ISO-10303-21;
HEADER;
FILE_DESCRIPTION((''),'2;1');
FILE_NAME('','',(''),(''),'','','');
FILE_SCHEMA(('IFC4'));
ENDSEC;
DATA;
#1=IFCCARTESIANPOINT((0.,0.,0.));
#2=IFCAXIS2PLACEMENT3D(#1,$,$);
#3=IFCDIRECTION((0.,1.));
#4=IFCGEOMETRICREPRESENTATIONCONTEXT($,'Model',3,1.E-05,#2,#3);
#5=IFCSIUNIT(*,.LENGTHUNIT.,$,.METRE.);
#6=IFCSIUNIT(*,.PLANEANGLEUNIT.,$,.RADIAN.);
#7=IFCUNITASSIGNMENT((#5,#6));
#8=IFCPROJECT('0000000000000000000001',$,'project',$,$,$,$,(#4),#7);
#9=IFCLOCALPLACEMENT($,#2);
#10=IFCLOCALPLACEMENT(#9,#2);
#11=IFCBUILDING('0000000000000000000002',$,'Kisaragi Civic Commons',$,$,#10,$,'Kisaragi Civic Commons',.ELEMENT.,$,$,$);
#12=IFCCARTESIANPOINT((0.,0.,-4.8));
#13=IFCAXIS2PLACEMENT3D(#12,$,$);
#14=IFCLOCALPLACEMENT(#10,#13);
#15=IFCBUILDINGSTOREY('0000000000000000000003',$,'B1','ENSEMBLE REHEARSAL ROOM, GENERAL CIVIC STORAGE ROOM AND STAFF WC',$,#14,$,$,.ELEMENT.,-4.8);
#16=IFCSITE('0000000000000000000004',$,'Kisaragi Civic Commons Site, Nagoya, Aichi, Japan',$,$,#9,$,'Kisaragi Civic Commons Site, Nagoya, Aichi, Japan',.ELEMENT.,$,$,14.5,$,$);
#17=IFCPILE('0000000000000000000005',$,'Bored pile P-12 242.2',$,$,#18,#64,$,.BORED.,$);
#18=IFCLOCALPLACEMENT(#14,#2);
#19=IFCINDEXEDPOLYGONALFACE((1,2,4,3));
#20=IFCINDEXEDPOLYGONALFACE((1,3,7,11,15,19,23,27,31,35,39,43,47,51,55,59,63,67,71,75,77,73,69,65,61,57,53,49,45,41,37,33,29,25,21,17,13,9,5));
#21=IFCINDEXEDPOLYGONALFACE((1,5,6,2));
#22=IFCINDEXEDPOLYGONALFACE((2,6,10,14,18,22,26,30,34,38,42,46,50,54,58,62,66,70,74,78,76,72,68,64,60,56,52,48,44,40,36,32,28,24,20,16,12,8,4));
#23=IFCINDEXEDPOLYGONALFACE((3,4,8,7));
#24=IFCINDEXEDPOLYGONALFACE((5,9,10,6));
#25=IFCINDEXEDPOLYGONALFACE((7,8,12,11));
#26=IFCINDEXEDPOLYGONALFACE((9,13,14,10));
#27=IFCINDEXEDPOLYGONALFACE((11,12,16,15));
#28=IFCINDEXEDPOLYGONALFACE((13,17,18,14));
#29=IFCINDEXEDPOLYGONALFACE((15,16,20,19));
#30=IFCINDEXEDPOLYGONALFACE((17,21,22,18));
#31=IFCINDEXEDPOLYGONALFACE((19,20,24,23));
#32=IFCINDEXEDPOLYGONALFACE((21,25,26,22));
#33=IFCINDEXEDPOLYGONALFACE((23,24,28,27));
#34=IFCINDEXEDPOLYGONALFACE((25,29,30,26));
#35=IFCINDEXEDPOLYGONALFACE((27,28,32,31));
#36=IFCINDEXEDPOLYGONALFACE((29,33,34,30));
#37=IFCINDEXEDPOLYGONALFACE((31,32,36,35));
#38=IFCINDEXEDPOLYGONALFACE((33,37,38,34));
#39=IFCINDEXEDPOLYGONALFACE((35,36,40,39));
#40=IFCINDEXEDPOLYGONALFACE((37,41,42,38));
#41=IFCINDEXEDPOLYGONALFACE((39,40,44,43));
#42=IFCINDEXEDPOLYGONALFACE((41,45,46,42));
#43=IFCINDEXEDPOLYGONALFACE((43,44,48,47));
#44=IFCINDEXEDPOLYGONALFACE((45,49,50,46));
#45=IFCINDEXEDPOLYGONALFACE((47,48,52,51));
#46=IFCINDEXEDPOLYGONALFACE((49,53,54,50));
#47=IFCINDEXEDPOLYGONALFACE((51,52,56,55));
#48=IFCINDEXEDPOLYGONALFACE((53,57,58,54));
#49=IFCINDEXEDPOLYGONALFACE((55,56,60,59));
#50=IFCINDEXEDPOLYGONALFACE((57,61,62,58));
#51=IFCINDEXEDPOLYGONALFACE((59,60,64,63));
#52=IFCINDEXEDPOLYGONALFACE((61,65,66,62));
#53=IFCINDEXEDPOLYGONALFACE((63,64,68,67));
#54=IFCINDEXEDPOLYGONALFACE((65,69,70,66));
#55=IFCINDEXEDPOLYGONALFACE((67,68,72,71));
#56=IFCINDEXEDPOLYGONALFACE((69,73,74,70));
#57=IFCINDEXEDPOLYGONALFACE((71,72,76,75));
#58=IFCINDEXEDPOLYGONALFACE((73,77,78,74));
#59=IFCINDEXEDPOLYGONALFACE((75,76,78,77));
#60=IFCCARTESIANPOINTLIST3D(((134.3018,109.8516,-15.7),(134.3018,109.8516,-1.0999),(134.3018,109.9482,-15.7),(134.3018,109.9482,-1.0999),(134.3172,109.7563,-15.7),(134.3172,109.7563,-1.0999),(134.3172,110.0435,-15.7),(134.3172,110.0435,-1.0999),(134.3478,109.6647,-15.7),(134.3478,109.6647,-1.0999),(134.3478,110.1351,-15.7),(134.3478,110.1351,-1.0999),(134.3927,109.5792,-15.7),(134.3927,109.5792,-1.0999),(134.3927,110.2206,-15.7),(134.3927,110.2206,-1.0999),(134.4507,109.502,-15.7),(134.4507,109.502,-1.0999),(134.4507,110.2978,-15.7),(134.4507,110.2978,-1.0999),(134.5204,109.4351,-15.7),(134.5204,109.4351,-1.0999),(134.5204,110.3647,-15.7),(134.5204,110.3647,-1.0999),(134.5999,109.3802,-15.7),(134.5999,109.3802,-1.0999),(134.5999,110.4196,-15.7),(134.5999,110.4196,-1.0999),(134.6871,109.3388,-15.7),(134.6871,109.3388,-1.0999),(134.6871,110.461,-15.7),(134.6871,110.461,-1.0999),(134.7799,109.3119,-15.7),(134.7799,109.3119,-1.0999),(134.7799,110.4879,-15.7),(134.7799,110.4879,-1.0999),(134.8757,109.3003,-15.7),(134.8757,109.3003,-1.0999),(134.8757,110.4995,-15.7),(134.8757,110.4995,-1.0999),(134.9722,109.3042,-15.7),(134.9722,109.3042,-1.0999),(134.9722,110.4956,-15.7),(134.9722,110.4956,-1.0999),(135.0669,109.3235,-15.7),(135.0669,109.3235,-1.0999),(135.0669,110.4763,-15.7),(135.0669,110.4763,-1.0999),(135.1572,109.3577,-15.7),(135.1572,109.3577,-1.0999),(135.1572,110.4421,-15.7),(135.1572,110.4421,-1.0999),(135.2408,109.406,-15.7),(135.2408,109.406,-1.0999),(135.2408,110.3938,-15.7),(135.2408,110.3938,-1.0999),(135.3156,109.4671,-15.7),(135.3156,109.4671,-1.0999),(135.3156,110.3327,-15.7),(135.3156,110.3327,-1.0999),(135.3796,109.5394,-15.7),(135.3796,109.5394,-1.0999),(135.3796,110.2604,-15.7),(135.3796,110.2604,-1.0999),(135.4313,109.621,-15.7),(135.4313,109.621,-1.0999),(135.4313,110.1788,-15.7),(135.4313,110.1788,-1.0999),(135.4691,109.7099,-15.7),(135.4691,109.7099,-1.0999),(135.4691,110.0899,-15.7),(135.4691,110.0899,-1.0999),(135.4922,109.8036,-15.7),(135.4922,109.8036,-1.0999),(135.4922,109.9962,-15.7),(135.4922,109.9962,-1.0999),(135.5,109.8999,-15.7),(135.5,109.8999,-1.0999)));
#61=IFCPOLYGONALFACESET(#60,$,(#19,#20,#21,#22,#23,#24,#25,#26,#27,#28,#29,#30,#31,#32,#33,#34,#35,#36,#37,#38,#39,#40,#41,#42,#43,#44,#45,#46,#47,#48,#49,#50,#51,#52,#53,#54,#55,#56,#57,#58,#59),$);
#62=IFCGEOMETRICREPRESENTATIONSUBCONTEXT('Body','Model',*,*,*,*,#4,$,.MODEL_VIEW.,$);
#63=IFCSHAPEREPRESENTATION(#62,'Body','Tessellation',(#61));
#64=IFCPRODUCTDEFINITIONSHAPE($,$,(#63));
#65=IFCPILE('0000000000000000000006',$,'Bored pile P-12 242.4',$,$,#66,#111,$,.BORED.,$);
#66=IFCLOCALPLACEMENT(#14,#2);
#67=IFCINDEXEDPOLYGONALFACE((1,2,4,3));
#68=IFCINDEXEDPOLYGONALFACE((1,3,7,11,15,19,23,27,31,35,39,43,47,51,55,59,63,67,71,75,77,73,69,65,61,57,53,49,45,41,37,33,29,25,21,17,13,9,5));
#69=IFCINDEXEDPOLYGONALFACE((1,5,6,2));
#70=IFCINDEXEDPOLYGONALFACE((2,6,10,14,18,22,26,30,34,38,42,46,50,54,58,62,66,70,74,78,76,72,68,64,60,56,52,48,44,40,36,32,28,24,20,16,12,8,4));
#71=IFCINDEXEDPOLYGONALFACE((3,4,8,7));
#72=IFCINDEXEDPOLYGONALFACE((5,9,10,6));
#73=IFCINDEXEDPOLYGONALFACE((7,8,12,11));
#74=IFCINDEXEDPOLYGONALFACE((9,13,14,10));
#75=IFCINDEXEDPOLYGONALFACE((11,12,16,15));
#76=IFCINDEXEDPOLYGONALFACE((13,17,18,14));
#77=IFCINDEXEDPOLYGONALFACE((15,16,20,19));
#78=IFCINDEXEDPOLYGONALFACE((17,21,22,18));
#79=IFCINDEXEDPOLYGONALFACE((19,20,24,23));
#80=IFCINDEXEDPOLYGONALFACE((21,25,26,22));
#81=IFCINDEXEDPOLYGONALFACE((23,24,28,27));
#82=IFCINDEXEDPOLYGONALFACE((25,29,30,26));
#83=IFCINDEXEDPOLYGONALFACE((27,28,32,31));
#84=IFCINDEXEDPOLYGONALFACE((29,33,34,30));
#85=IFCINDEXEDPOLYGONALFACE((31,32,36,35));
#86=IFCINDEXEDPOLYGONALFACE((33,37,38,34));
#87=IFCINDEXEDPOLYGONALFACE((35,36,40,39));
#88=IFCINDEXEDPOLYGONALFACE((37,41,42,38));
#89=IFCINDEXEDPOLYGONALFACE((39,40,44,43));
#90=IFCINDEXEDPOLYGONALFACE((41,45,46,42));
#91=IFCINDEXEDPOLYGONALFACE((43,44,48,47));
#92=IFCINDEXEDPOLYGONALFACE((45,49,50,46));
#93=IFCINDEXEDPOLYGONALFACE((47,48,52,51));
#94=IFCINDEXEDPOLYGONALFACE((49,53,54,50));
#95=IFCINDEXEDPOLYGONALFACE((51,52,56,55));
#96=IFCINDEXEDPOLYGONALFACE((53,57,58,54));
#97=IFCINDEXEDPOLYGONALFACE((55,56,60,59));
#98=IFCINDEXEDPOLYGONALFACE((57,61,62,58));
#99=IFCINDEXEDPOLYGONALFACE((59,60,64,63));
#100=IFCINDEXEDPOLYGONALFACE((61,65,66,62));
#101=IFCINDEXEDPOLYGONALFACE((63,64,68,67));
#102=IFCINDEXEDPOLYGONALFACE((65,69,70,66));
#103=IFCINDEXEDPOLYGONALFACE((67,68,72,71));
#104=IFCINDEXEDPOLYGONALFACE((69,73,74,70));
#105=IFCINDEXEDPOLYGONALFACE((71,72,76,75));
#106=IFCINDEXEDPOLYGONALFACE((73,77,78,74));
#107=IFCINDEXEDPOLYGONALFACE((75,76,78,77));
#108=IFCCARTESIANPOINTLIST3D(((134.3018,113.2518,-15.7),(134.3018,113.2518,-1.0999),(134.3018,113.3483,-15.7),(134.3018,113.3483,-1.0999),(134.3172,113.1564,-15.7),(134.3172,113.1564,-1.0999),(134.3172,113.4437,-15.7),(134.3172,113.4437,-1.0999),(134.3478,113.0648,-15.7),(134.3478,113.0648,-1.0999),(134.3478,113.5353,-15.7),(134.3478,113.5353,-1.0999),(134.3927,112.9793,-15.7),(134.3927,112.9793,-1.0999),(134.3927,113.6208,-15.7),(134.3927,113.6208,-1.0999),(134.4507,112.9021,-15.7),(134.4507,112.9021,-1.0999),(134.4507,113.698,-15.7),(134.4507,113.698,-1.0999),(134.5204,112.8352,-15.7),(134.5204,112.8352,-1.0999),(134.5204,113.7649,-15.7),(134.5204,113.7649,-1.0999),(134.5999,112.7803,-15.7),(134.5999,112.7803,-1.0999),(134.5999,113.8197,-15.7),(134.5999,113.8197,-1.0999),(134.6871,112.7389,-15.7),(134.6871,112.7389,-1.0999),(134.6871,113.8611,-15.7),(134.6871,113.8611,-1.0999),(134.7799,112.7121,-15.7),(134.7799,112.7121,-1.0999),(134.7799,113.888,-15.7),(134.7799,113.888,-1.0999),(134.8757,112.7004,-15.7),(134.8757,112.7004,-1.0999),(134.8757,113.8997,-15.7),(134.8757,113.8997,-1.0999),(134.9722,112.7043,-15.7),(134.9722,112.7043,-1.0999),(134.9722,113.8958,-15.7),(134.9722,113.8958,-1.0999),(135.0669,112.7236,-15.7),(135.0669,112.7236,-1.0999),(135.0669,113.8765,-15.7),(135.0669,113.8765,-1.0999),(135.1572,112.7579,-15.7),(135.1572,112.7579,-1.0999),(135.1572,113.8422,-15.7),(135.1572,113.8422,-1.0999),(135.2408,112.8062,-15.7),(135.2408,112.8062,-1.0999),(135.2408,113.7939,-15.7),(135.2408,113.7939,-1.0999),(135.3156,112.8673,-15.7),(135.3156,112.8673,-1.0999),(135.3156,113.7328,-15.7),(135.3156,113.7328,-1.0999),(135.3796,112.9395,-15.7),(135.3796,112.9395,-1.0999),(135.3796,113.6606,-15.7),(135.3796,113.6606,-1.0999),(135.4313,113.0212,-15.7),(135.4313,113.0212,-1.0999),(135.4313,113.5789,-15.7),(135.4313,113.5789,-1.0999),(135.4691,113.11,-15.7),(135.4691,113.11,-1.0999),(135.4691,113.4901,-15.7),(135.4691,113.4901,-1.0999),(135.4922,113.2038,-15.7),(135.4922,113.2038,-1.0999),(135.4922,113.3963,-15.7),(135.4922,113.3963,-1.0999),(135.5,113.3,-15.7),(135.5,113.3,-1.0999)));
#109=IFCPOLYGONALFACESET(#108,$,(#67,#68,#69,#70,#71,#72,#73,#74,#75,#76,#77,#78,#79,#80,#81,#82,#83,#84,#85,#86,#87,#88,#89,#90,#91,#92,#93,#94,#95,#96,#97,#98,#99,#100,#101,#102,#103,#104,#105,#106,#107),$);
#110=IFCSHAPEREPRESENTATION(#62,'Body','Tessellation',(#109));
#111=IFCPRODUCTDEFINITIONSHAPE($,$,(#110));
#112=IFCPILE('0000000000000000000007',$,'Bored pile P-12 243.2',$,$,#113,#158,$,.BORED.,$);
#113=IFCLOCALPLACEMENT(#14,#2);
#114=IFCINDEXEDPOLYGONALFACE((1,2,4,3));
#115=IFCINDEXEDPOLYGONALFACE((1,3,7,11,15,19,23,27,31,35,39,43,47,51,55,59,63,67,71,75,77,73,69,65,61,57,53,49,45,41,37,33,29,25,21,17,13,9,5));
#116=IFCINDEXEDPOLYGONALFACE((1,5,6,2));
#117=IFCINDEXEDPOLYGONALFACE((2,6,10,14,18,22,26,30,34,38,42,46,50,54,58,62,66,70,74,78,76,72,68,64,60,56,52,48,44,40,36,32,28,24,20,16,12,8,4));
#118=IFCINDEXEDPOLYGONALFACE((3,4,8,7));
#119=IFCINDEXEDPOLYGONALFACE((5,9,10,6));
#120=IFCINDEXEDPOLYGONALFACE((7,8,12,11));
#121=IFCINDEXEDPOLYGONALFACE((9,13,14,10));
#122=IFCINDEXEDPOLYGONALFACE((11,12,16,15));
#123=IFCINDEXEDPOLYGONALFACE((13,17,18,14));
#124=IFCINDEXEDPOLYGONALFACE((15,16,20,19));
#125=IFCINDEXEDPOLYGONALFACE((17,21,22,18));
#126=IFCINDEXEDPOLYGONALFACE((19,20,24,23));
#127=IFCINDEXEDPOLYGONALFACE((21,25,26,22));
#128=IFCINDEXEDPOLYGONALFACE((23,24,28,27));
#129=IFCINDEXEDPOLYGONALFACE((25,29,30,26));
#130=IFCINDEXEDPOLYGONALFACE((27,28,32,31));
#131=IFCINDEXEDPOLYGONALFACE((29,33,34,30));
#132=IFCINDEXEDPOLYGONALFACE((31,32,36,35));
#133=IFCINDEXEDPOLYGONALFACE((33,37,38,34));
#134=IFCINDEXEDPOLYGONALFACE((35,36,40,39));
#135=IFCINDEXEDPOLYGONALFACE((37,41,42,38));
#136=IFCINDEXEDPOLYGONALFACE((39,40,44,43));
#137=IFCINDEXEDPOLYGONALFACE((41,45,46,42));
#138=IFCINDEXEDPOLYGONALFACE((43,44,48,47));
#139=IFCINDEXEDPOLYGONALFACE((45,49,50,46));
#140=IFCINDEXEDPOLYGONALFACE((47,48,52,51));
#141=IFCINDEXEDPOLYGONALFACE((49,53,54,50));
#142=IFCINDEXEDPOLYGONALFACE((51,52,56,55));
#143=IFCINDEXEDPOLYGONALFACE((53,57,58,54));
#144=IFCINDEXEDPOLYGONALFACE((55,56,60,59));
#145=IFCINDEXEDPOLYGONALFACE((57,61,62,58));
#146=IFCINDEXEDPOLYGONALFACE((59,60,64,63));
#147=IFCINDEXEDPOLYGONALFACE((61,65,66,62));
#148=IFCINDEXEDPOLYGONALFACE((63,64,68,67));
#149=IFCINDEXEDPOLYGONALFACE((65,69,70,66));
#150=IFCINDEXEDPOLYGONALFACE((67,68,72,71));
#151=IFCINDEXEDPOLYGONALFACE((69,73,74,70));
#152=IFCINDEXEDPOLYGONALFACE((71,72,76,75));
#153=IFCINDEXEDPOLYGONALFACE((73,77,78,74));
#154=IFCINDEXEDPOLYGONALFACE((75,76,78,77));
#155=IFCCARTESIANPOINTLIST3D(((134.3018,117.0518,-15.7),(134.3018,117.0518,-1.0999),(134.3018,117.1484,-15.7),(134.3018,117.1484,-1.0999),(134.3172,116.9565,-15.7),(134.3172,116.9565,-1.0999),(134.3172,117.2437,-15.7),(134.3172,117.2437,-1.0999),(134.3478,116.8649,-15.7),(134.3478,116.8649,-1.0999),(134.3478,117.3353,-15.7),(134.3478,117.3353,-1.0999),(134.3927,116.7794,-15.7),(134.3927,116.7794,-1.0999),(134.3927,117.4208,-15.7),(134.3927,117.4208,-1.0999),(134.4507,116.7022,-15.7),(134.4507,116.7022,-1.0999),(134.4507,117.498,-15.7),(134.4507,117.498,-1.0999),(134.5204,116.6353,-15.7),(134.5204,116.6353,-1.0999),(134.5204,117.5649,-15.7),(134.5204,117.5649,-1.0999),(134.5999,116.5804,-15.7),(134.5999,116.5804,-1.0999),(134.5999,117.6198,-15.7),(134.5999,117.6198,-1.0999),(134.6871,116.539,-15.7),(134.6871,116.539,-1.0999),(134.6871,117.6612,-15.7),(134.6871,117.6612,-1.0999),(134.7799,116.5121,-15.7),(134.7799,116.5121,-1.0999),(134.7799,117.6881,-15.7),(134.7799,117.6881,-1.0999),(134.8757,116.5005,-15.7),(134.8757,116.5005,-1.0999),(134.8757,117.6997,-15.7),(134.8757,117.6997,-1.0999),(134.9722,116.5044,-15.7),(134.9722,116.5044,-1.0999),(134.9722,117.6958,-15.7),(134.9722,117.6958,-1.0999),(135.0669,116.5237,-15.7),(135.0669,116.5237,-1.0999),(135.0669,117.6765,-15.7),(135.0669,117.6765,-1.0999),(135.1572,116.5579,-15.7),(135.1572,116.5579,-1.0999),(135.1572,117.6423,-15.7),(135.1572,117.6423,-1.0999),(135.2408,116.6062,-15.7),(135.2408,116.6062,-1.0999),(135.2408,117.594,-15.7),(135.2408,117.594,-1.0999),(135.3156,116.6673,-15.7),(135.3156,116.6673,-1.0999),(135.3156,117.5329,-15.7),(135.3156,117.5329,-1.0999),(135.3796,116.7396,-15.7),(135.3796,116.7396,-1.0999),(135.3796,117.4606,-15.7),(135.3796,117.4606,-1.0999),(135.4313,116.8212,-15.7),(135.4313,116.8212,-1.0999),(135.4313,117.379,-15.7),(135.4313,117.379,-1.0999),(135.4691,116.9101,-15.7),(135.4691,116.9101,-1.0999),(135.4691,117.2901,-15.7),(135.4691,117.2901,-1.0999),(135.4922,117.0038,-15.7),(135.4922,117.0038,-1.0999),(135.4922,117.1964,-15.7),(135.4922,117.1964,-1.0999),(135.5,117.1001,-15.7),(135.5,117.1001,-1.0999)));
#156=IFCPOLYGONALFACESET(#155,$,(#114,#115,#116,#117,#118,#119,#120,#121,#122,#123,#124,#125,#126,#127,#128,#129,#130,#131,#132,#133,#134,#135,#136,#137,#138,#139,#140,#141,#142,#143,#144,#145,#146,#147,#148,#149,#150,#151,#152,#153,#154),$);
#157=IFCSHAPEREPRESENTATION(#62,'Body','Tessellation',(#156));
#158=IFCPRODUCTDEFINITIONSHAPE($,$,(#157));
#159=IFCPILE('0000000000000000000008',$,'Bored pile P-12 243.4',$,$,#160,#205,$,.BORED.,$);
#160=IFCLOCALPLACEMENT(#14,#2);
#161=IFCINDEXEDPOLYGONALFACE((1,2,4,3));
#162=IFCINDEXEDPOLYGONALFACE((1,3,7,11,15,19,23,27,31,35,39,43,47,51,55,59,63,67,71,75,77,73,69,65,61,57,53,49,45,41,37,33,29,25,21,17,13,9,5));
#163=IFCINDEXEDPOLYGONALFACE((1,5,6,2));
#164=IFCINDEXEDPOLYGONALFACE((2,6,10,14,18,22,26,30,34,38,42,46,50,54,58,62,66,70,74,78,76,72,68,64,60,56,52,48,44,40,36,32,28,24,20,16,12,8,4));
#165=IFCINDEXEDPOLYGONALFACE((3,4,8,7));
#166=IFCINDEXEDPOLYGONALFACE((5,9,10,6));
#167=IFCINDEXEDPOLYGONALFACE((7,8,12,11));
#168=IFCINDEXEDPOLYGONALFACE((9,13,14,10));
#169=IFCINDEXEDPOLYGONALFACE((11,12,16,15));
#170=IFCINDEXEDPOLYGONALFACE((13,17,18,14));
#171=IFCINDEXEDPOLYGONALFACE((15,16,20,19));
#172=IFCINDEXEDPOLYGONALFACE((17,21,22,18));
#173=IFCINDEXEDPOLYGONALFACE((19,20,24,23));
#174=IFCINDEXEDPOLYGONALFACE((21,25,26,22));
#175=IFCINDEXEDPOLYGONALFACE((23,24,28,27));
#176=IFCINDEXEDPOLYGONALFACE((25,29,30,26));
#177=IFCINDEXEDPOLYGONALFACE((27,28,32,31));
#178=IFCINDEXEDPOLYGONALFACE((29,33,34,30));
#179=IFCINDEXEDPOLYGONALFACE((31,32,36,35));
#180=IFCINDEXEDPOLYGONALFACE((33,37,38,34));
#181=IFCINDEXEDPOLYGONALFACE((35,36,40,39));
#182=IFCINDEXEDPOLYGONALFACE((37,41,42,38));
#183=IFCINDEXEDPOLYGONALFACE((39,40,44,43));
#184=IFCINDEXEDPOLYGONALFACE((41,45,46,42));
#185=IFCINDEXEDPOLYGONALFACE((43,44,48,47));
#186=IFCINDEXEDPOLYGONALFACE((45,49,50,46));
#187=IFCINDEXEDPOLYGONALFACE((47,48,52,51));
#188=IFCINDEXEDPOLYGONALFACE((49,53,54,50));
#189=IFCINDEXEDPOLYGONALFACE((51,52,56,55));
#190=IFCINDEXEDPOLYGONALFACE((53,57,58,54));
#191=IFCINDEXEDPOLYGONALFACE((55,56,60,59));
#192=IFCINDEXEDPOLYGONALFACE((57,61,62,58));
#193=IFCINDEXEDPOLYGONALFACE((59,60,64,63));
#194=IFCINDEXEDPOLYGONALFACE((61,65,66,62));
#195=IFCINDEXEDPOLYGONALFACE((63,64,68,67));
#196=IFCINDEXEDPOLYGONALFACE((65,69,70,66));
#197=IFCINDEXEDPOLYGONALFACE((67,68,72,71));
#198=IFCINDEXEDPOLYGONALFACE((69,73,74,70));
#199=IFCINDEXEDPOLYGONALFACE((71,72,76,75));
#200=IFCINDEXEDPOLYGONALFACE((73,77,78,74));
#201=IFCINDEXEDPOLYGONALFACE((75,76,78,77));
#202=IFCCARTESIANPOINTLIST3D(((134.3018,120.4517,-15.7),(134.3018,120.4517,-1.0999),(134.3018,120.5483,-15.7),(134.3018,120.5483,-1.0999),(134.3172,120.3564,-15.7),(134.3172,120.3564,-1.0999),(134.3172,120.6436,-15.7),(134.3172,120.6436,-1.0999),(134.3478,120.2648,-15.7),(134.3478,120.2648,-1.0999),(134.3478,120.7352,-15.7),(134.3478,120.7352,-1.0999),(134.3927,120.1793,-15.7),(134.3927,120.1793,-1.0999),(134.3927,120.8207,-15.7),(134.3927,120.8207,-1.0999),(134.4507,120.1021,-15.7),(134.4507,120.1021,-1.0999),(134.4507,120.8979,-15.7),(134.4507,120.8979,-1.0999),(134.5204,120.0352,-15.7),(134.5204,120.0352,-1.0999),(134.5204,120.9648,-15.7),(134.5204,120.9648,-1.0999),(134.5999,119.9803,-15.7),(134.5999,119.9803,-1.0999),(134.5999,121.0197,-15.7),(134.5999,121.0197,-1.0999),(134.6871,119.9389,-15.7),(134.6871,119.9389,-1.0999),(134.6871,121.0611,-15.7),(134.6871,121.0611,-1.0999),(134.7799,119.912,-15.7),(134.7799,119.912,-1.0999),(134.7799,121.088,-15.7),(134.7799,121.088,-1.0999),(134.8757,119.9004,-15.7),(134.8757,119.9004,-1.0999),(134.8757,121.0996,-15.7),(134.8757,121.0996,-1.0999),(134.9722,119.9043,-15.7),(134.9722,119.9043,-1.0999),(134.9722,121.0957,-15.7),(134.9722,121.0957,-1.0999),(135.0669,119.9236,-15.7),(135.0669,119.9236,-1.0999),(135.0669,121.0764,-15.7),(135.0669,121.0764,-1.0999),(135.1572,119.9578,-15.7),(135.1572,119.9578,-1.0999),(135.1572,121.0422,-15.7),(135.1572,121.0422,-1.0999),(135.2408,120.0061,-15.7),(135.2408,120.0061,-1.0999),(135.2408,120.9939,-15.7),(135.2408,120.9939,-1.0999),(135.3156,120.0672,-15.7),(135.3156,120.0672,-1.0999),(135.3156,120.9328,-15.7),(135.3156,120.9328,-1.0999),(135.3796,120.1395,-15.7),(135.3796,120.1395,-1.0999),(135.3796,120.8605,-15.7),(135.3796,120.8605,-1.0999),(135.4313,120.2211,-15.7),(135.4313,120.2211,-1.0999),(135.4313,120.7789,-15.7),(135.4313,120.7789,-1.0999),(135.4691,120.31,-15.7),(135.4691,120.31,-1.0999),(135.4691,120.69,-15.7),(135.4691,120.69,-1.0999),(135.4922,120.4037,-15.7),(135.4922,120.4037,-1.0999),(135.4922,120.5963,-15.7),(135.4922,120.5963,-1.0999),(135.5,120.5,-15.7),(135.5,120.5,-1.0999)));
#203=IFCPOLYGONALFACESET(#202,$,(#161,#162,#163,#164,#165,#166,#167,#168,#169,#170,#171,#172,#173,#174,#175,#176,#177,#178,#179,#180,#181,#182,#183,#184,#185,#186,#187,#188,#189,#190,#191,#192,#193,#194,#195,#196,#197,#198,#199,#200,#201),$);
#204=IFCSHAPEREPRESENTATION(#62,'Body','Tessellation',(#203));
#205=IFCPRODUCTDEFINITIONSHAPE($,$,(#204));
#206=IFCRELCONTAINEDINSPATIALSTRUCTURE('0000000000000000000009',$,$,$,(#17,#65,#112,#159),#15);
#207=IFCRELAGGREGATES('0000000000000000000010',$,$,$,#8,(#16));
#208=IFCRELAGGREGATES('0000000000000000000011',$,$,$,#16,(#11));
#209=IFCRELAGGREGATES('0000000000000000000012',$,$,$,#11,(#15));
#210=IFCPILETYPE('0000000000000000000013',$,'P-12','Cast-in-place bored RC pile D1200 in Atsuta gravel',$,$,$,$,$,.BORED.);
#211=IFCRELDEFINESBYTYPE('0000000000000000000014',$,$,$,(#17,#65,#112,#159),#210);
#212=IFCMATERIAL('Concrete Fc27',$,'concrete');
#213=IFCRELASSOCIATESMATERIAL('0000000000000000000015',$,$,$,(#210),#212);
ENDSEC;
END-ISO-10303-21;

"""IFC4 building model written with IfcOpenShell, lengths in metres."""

from ifc_helpers import new_model, si_unit, direction, frame, origin, origin_2d, place, context, subcontext, project, spatial, circle, extrude, material, material_profile, profile_set, type_object, element, save


model = new_model("IFC4")

# Units and contexts
model_context = context("Model", 3, precision=1e-05, world=origin(), true_north=direction((0.0, 1.0)))
body_context = subcontext(model_context, "Body", "Model", "MODEL_VIEW")
ifc_project = project(units=[si_unit("LENGTHUNIT", "METRE"), si_unit("PLANEANGLEUNIT", "RADIAN")], contexts=[model_context])

# Site, building, storey
site_placement = place(None, origin())
site = spatial("IfcSite", under=ifc_project, at=site_placement, Name="Kisaragi Civic Commons Site, Nagoya, Aichi, Japan", LongName="Kisaragi Civic Commons Site, Nagoya, Aichi, Japan", CompositionType="ELEMENT", RefElevation=14.5)
building_placement = place(site_placement, origin())
building = spatial("IfcBuilding", under=site, at=building_placement, Name="Kisaragi Civic Commons", LongName="Kisaragi Civic Commons", CompositionType="ELEMENT")
storey_placement = place(building_placement, frame((0.0, 0.0, -4.8)))
storey = spatial("IfcBuildingStorey", under=building, at=storey_placement, Name="B1", Description="ENSEMBLE REHEARSAL ROOM, GENERAL CIVIC STORAGE ROOM AND STAFF WC", CompositionType="ELEMENT", Elevation=-4.8)

# Shared definitions
ifc_material_1 = material(Name="Concrete Fc27", Category="concrete")

# Piles
ifc_material_profile_1 = material_profile(ifc_material_1, circle(Radius=0.6001, at=origin_2d()), Name="PILE-D1200", Category="concrete")
ifc_profile_set_1 = profile_set([ifc_material_profile_1], Name="Concrete Fc27")
pile_type_1 = type_object("IfcPileType", Name="P-12", Description="Cast-in-place bored RC pile D1200 in Atsuta gravel", PredefinedType="BORED", material=ifc_profile_set_1)
for number, where, z_axis, x_axis, name in (
    (1, (134.8999, 109.8999, -1.0999), (0.0, 0.0, -1.0), (1.0, 0.0, 0.0), "Bored pile P-12 242.2"),
    (2, (134.8999, 113.3, -1.0999), (0.0, 0.0, -1.0), (1.0, 0.0, 0.0), "Bored pile P-12 242.4"),
    (3, (134.8999, 117.1001, -1.0999), (0.0, 0.0, -1.0), (1.0, 0.0, 0.0), "Bored pile P-12 243.2"),
    (4, (134.8999, 120.5, -1.0999), (0.0, 0.0, -1.0), (1.0, 0.0, 0.0), "Bored pile P-12 243.4"),
):
    element("IfcPile", number, at=place(storey_placement, frame(where, z_axis=z_axis, x_axis=x_axis)), inside=storey, type_object=pile_type_1, Name=name, PredefinedType="BORED", context=body_context, shape_type="SweptSolid", body=[
        extrude(circle(Radius=0.6001, at=origin_2d()), origin(), (0.0, 0.0, 1.0), 14.6001),
    ])

save(model, "model.ifc")
